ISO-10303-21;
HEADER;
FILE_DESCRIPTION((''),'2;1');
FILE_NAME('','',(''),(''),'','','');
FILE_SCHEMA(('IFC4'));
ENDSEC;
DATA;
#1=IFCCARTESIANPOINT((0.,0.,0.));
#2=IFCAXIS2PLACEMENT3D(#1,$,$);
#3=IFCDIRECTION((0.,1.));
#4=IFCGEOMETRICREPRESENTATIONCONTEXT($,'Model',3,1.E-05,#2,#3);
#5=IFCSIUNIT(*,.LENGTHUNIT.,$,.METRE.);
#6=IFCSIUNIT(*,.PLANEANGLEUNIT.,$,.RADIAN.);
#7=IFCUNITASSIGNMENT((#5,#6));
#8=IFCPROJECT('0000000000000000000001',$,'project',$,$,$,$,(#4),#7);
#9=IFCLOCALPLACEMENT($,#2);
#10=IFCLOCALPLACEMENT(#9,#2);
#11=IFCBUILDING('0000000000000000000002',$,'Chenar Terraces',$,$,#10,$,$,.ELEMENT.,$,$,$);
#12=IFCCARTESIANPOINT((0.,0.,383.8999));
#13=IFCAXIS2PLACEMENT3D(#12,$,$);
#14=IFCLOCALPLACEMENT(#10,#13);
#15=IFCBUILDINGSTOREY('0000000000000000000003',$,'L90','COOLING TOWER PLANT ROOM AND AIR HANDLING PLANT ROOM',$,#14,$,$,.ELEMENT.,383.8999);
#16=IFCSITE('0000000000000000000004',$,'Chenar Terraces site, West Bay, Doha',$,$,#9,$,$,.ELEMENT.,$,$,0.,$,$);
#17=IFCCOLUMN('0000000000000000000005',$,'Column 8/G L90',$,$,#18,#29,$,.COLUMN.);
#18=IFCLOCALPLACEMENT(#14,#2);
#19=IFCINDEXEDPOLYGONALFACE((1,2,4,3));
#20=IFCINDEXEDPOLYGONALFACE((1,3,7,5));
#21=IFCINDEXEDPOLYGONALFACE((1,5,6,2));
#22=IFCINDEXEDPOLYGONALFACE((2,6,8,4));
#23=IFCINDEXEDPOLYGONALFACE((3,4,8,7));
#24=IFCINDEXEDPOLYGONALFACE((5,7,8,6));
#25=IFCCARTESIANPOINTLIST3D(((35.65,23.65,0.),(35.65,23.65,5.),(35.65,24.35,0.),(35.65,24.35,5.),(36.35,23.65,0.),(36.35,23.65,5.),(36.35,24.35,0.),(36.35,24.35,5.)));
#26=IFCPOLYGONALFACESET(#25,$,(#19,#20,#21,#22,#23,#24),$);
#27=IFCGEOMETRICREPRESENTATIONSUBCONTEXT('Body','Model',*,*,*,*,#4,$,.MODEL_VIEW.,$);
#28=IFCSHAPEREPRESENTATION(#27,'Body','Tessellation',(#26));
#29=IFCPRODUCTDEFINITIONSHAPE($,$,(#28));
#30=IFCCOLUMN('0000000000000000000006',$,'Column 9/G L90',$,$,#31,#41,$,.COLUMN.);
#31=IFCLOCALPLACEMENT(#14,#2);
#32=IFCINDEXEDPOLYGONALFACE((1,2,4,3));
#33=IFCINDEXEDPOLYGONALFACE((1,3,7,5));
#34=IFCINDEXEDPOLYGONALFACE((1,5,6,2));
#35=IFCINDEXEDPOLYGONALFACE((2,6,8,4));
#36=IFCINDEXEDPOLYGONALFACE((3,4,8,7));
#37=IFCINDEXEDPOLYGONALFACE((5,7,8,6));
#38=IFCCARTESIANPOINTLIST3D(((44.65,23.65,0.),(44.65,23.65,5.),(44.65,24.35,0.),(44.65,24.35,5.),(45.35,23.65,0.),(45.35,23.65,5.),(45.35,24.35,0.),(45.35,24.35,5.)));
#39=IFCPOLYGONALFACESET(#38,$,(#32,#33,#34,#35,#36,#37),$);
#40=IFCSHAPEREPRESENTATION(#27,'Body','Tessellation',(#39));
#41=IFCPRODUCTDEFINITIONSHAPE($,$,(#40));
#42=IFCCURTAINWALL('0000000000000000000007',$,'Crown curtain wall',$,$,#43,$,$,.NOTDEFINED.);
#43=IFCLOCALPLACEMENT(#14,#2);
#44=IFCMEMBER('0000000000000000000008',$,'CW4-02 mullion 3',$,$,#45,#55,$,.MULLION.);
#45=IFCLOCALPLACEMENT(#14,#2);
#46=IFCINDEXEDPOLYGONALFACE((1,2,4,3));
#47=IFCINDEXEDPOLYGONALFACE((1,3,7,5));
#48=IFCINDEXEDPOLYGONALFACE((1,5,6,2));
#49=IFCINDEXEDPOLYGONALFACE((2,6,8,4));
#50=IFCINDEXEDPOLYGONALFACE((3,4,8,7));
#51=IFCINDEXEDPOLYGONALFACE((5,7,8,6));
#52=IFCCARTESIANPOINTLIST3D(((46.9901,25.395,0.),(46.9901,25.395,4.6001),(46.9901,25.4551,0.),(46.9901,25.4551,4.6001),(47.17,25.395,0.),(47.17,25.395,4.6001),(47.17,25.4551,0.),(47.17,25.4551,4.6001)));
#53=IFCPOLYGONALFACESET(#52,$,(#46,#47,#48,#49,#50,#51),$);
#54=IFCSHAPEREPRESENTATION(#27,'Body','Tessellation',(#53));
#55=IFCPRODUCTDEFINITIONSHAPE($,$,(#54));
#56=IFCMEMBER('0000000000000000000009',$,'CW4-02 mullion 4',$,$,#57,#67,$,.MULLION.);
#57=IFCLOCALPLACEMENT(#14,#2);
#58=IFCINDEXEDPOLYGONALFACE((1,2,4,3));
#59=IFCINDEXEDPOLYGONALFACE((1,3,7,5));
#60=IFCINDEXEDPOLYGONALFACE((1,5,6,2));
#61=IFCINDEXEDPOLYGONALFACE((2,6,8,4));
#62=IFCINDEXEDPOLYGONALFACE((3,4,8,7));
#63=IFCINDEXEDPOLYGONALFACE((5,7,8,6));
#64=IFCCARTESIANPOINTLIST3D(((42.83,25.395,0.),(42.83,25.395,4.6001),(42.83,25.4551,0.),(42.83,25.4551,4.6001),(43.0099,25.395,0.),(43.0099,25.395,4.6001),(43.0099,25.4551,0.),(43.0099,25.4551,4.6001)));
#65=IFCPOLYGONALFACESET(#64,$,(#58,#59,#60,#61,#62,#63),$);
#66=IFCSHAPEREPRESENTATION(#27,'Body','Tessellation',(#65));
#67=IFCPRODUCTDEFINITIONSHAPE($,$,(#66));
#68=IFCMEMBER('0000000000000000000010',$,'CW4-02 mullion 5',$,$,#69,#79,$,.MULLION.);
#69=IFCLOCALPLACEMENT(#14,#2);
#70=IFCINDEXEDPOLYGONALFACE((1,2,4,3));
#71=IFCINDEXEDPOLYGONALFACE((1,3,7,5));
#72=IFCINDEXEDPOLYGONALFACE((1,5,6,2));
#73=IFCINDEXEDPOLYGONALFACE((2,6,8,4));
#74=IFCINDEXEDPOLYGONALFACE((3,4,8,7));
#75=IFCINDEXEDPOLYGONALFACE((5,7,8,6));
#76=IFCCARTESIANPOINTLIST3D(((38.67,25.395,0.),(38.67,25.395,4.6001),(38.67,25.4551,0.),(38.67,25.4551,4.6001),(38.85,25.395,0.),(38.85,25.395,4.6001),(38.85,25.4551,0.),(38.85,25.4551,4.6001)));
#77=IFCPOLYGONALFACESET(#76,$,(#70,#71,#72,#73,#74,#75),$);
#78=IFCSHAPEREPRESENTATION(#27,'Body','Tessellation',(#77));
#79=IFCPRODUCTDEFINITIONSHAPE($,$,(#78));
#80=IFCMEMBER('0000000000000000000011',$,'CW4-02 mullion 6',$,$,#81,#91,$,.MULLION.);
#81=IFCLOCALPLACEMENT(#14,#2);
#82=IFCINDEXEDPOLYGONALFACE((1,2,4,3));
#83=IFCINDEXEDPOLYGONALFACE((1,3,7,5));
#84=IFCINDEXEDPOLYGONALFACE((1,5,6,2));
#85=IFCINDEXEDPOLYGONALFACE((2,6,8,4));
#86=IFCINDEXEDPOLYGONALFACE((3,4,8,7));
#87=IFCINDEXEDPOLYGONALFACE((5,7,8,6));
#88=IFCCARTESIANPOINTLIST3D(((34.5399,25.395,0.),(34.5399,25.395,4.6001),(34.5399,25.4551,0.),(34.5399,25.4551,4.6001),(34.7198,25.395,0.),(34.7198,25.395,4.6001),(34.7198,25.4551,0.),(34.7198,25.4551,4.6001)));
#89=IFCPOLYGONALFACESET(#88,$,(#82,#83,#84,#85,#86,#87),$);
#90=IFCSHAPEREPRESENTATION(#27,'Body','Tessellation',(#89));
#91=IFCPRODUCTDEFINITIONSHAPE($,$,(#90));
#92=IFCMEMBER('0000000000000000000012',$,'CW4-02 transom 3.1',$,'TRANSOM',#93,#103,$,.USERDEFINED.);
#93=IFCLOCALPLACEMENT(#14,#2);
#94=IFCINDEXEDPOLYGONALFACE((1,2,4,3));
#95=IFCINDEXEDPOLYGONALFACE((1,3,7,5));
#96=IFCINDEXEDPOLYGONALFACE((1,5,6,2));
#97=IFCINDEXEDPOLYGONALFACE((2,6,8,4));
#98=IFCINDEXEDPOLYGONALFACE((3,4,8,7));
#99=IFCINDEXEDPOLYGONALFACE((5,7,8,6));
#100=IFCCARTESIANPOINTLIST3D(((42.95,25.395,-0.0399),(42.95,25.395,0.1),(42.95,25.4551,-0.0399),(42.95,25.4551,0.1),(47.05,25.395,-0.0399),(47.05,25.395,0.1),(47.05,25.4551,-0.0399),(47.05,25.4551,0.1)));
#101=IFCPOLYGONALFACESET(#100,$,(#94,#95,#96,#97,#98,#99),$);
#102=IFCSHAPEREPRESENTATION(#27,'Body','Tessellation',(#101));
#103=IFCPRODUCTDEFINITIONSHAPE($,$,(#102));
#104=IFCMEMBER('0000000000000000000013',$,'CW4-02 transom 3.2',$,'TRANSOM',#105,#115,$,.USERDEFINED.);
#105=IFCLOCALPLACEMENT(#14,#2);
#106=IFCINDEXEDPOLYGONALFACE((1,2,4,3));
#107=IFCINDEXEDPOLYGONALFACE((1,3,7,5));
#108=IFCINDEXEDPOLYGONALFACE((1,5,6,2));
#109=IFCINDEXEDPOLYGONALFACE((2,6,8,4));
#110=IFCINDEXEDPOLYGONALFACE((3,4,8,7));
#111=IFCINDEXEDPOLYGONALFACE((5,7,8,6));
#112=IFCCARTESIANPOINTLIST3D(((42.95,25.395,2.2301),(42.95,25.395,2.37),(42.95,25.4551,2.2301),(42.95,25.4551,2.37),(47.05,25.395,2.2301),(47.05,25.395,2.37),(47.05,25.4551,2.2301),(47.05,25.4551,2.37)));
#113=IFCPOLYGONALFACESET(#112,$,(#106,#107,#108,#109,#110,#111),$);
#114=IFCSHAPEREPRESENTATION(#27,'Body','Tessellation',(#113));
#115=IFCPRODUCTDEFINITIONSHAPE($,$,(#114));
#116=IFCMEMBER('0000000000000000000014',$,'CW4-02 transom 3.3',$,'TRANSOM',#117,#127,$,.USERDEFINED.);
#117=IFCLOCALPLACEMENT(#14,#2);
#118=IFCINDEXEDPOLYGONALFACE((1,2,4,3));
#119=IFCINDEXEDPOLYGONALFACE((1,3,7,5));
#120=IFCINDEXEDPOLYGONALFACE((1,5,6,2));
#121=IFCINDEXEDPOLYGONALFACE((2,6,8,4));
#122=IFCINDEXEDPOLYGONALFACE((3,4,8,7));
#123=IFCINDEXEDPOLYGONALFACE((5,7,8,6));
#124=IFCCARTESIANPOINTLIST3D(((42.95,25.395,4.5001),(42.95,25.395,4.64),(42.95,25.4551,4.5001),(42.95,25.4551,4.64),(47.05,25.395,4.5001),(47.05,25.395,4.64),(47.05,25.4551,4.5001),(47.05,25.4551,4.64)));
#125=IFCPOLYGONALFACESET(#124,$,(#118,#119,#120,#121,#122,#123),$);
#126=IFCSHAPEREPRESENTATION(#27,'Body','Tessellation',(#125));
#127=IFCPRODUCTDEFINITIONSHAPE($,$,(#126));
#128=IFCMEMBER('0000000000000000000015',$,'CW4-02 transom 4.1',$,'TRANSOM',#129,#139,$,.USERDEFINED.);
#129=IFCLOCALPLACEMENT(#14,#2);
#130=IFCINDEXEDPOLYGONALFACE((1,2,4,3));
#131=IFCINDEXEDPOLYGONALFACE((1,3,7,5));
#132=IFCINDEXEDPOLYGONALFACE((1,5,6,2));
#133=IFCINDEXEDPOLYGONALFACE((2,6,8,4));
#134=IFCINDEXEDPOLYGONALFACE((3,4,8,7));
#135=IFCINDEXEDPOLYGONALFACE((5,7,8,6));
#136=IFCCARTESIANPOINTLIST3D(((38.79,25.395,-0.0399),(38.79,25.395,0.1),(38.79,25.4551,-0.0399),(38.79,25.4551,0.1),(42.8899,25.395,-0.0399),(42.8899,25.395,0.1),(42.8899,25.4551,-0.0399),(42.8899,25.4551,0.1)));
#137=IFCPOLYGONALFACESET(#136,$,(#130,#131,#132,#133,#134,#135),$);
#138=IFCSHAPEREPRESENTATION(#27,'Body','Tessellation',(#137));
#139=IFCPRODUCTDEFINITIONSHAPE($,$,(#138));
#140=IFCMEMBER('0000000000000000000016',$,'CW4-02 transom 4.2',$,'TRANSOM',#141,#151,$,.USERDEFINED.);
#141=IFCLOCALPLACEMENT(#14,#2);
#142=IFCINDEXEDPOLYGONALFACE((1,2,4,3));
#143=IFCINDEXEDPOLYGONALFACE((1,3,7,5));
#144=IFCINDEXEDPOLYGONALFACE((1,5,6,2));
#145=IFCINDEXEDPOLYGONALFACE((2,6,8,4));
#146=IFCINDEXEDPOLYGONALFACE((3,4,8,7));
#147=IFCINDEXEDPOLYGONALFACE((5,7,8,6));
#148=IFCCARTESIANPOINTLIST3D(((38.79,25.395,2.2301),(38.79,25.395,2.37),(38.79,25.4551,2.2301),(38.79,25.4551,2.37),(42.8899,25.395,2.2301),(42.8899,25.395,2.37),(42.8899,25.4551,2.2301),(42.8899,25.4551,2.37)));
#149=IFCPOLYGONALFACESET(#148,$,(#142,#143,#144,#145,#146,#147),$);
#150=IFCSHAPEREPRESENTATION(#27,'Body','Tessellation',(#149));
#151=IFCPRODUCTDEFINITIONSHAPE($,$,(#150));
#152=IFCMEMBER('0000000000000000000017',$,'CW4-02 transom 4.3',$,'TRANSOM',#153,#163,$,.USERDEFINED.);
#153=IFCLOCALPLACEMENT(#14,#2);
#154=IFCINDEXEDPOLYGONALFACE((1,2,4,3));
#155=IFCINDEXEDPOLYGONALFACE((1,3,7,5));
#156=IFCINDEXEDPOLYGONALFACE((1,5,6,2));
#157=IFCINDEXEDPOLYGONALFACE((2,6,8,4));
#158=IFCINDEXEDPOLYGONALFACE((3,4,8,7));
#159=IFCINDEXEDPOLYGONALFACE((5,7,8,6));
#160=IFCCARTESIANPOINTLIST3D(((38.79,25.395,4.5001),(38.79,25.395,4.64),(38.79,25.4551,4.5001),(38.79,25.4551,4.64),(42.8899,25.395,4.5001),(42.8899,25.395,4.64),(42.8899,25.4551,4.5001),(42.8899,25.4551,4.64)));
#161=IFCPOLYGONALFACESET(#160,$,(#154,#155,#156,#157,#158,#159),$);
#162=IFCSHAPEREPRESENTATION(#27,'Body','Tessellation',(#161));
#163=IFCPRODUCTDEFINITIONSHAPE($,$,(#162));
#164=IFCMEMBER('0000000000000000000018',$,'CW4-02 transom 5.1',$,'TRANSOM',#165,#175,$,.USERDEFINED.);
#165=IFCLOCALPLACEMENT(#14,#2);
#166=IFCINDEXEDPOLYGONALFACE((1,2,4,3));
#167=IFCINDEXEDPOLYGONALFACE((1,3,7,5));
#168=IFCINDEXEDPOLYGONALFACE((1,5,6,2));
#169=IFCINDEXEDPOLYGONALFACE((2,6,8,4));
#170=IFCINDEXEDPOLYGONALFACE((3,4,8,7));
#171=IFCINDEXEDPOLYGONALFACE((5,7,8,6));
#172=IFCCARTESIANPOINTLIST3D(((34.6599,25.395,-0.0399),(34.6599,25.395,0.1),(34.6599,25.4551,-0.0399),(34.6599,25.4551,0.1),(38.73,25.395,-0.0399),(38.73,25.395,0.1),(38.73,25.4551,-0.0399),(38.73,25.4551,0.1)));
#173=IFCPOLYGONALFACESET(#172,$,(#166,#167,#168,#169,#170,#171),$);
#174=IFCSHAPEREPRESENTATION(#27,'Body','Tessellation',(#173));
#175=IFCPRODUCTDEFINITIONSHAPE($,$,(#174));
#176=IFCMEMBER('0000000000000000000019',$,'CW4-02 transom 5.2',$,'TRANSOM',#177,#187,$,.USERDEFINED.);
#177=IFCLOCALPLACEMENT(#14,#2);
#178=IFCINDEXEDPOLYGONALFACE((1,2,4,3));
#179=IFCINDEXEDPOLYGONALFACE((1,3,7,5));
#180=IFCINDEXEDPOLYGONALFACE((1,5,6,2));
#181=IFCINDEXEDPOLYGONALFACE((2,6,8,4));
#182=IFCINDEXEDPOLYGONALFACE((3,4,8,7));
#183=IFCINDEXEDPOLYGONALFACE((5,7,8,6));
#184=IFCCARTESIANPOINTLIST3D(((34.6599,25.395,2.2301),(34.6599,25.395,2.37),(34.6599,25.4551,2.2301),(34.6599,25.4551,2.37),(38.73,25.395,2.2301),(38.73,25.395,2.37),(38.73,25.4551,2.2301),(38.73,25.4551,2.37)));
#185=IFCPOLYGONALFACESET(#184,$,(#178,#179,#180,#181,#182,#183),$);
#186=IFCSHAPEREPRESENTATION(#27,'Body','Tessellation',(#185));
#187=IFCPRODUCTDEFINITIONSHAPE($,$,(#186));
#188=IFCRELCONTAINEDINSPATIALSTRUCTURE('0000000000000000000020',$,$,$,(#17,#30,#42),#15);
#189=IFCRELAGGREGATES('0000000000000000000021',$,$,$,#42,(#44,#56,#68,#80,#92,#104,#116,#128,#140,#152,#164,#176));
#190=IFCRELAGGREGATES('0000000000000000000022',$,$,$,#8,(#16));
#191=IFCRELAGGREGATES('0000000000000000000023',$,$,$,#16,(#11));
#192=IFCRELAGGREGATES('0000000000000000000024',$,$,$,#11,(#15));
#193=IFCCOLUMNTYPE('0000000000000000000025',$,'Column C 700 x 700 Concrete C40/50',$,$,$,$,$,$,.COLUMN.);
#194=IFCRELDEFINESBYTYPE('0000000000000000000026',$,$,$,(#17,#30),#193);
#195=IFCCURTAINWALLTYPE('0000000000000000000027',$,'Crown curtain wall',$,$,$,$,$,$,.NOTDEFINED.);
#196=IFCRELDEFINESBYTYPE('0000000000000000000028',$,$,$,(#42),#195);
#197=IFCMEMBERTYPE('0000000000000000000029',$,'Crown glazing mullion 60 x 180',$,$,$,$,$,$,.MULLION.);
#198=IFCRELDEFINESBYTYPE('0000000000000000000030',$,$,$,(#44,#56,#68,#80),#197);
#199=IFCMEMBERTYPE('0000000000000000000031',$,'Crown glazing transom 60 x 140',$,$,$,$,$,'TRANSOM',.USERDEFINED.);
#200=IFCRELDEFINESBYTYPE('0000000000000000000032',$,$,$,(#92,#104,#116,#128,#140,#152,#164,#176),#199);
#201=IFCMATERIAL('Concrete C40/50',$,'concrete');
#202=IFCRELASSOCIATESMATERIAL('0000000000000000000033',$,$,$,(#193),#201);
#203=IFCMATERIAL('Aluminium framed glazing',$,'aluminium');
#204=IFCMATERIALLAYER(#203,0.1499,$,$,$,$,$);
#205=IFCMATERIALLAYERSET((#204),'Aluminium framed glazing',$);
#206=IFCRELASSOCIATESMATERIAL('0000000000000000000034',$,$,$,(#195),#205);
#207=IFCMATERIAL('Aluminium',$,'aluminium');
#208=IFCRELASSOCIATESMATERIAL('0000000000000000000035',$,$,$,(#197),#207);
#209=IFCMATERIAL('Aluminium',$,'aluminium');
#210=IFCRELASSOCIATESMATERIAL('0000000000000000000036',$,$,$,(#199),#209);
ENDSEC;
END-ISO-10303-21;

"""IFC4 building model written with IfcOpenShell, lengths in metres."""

from ifc_helpers import new_model, si_unit, direction, frame, origin, origin_2d, place, context, subcontext, project, spatial, rectangle, extrude, material, layer, layer_set, material_profile, profile_set, type_object, element, aggregate, save


model = new_model("IFC4")

# Units and contexts
model_context = context("Model", 3, precision=1e-05, world=origin(), true_north=direction((0.0, 1.0)))
body_context = subcontext(model_context, "Body", "Model", "MODEL_VIEW")
ifc_project = project(units=[si_unit("LENGTHUNIT", "METRE"), si_unit("PLANEANGLEUNIT", "RADIAN")], contexts=[model_context])

# Site, building, storey
site_placement = place(None, origin())
site = spatial("IfcSite", under=ifc_project, at=site_placement, Name="Chenar Terraces site, West Bay, Doha", CompositionType="ELEMENT", RefElevation=0.0)
building_placement = place(site_placement, origin())
building = spatial("IfcBuilding", under=site, at=building_placement, Name="Chenar Terraces", CompositionType="ELEMENT")
storey_placement = place(building_placement, frame((0.0, 0.0, 383.8999)))
storey = spatial("IfcBuildingStorey", under=building, at=storey_placement, Name="L90", Description="COOLING TOWER PLANT ROOM AND AIR HANDLING PLANT ROOM", CompositionType="ELEMENT", Elevation=383.8999)

# Columns
ifc_material_1 = material(Name="Concrete C40/50", Category="concrete")
ifc_material_profile_1 = material_profile(ifc_material_1, rectangle(XDim=0.7, YDim=0.7, at=origin_2d()), Name="C 700 x 700")
ifc_profile_set_1 = profile_set([ifc_material_profile_1], Name="Concrete C40/50")
column_type = type_object("IfcColumnType", Name="Column C 700 x 700 Concrete C40/50", PredefinedType="COLUMN", material=ifc_profile_set_1)
for number, where, z_axis, x_axis, name in (
    (1, (36.0, 24.0, 0.0), (0.0, 0.0, 1.0), (1.0, 0.0, 0.0), "Column 8/G L90"),
    (2, (45.0, 24.0, 0.0), (0.0, 0.0, 1.0), (1.0, 0.0, 0.0), "Column 9/G L90"),
):
    element("IfcColumn", number, at=place(storey_placement, frame(where, z_axis=z_axis, x_axis=x_axis)), inside=storey, type_object=column_type, Name=name, PredefinedType="COLUMN", context=body_context, shape_type="SweptSolid", body=[
        extrude(rectangle(XDim=0.7, YDim=0.7, at=origin_2d()), origin(), (0.0, 0.0, 1.0), 5.0),
    ])

# Curtain wall, members
ifc_material_2 = material(Name="Aluminium framed glazing", Category="aluminium")
ifc_layer_1 = layer(ifc_material_2, 0.1499)
ifc_layer_set_1 = layer_set([ifc_layer_1], Name="Aluminium framed glazing")
curtain_wall_type = type_object("IfcCurtainWallType", Name="Crown curtain wall", PredefinedType="NOTDEFINED", material=ifc_layer_set_1)
curtain_wall_placement = place(storey_placement, origin())
curtain_wall = element("IfcCurtainWall", 3, at=curtain_wall_placement, inside=storey, type_object=curtain_wall_type, Name="Crown curtain wall", PredefinedType="NOTDEFINED")
ifc_material_3 = material(Name="Aluminium", Category="aluminium")
ifc_material_profile_2 = material_profile(ifc_material_3, rectangle(XDim=0.0601, YDim=0.1799, at=origin_2d()), Name="Crown glazing mullion 60 x 180")
ifc_profile_set_2 = profile_set([ifc_material_profile_2], Name="Aluminium")
member_type_1 = type_object("IfcMemberType", Name="Crown glazing mullion 60 x 180", PredefinedType="MULLION", material=ifc_profile_set_2)
member_1_placement = place(storey_placement, frame((47.0801, 25.425, 0.0), z_axis=(0.0, 0.0, 1.0), x_axis=(0.0, -1.0, 0.0)))
member_1 = element("IfcMember", 4, at=member_1_placement, type_object=member_type_1, Name="CW4-02 mullion 3", PredefinedType="MULLION", context=body_context, shape_type="SweptSolid", body=[
    extrude(rectangle(XDim=0.0601, YDim=0.1799, at=origin_2d()), origin(), (0.0, 0.0, 1.0), 4.6001),
])
member_2_placement = place(storey_placement, frame((42.9199, 25.425, 0.0), z_axis=(0.0, 0.0, 1.0), x_axis=(0.0, -1.0, 0.0)))
member_2 = element("IfcMember", 5, at=member_2_placement, type_object=member_type_1, Name="CW4-02 mullion 4", PredefinedType="MULLION", context=body_context, shape_type="SweptSolid", body=[
    extrude(rectangle(XDim=0.0601, YDim=0.1799, at=origin_2d()), origin(), (0.0, 0.0, 1.0), 4.6001),
])
member_3_placement = place(storey_placement, frame((38.76, 25.425, 0.0), z_axis=(0.0, 0.0, 1.0), x_axis=(0.0, -1.0, 0.0)))
member_3 = element("IfcMember", 6, at=member_3_placement, type_object=member_type_1, Name="CW4-02 mullion 5", PredefinedType="MULLION", context=body_context, shape_type="SweptSolid", body=[
    extrude(rectangle(XDim=0.0601, YDim=0.1799, at=origin_2d()), origin(), (0.0, 0.0, 1.0), 4.6001),
])
member_4_placement = place(storey_placement, frame((34.6299, 25.425, 0.0), z_axis=(0.0, 0.0, 1.0), x_axis=(0.0, -1.0, 0.0)))
member_4 = element("IfcMember", 7, at=member_4_placement, type_object=member_type_1, Name="CW4-02 mullion 6", PredefinedType="MULLION", context=body_context, shape_type="SweptSolid", body=[
    extrude(rectangle(XDim=0.0601, YDim=0.1799, at=origin_2d()), origin(), (0.0, 0.0, 1.0), 4.6001),
])
ifc_material_4 = material(Name="Aluminium", Category="aluminium")
ifc_material_profile_3 = material_profile(ifc_material_4, rectangle(XDim=0.0601, YDim=0.1399, at=origin_2d()), Name="Crown glazing transom 60 x 140")
ifc_profile_set_3 = profile_set([ifc_material_profile_3], Name="Aluminium")
member_type_2 = type_object("IfcMemberType", Name="Crown glazing transom 60 x 140", ElementType="TRANSOM", PredefinedType="USERDEFINED", material=ifc_profile_set_3)
member_5_placement = place(storey_placement, frame((47.05, 25.425, 0.03), z_axis=(-1.0, 0.0, 0.0), x_axis=(0.0, -1.0, 0.0)))
member_5 = element("IfcMember", 8, at=member_5_placement, type_object=member_type_2, Name="CW4-02 transom 3.1", ObjectType="TRANSOM", PredefinedType="USERDEFINED", context=body_context, shape_type="SweptSolid", body=[
    extrude(rectangle(XDim=0.0601, YDim=0.1399, at=origin_2d()), origin(), (0.0, 0.0, 1.0), 4.1001),
])
member_6_placement = place(storey_placement, frame((47.05, 25.425, 2.3), z_axis=(-1.0, 0.0, 0.0), x_axis=(0.0, -1.0, 0.0)))
member_6 = element("IfcMember", 9, at=member_6_placement, type_object=member_type_2, Name="CW4-02 transom 3.2", ObjectType="TRANSOM", PredefinedType="USERDEFINED", context=body_context, shape_type="SweptSolid", body=[
    extrude(rectangle(XDim=0.0601, YDim=0.1399, at=origin_2d()), origin(), (0.0, 0.0, 1.0), 4.1001),
])
member_7_placement = place(storey_placement, frame((47.05, 25.425, 4.5701), z_axis=(-1.0, 0.0, 0.0), x_axis=(0.0, -1.0, 0.0)))
member_7 = element("IfcMember", 10, at=member_7_placement, type_object=member_type_2, Name="CW4-02 transom 3.3", ObjectType="TRANSOM", PredefinedType="USERDEFINED", context=body_context, shape_type="SweptSolid", body=[
    extrude(rectangle(XDim=0.0601, YDim=0.1399, at=origin_2d()), origin(), (0.0, 0.0, 1.0), 4.1001),
])
member_8_placement = place(storey_placement, frame((42.8899, 25.425, 0.03), z_axis=(-1.0, 0.0, 0.0), x_axis=(0.0, -1.0, 0.0)))
member_8 = element("IfcMember", 11, at=member_8_placement, type_object=member_type_2, Name="CW4-02 transom 4.1", ObjectType="TRANSOM", PredefinedType="USERDEFINED", context=body_context, shape_type="SweptSolid", body=[
    extrude(rectangle(XDim=0.0601, YDim=0.1399, at=origin_2d()), origin(), (0.0, 0.0, 1.0), 4.0999),
])
member_9_placement = place(storey_placement, frame((42.8899, 25.425, 2.3), z_axis=(-1.0, 0.0, 0.0), x_axis=(0.0, -1.0, 0.0)))
member_9 = element("IfcMember", 12, at=member_9_placement, type_object=member_type_2, Name="CW4-02 transom 4.2", ObjectType="TRANSOM", PredefinedType="USERDEFINED", context=body_context, shape_type="SweptSolid", body=[
    extrude(rectangle(XDim=0.0601, YDim=0.1399, at=origin_2d()), origin(), (0.0, 0.0, 1.0), 4.0999),
])
member_10_placement = place(storey_placement, frame((42.8899, 25.425, 4.5701), z_axis=(-1.0, 0.0, 0.0), x_axis=(0.0, -1.0, 0.0)))
member_10 = element("IfcMember", 13, at=member_10_placement, type_object=member_type_2, Name="CW4-02 transom 4.3", ObjectType="TRANSOM", PredefinedType="USERDEFINED", context=body_context, shape_type="SweptSolid", body=[
    extrude(rectangle(XDim=0.0601, YDim=0.1399, at=origin_2d()), origin(), (0.0, 0.0, 1.0), 4.0999),
])
member_11_placement = place(storey_placement, frame((38.73, 25.425, 0.03), z_axis=(-1.0, 0.0, 0.0), x_axis=(0.0, -1.0, 0.0)))
member_11 = element("IfcMember", 14, at=member_11_placement, type_object=member_type_2, Name="CW4-02 transom 5.1", ObjectType="TRANSOM", PredefinedType="USERDEFINED", context=body_context, shape_type="SweptSolid", body=[
    extrude(rectangle(XDim=0.0601, YDim=0.1399, at=origin_2d()), origin(), (0.0, 0.0, 1.0), 4.0701),
])
member_12_placement = place(storey_placement, frame((38.73, 25.425, 2.3), z_axis=(-1.0, 0.0, 0.0), x_axis=(0.0, -1.0, 0.0)))
member_12 = element("IfcMember", 15, at=member_12_placement, type_object=member_type_2, Name="CW4-02 transom 5.2", ObjectType="TRANSOM", PredefinedType="USERDEFINED", context=body_context, shape_type="SweptSolid", body=[
    extrude(rectangle(XDim=0.0601, YDim=0.1399, at=origin_2d()), origin(), (0.0, 0.0, 1.0), 4.0701),
])
aggregate(curtain_wall, [member_1, member_2, member_3, member_4, member_5, member_6, member_7, member_8, member_9, member_10, member_11, member_12])

save(model, "model.ifc")
